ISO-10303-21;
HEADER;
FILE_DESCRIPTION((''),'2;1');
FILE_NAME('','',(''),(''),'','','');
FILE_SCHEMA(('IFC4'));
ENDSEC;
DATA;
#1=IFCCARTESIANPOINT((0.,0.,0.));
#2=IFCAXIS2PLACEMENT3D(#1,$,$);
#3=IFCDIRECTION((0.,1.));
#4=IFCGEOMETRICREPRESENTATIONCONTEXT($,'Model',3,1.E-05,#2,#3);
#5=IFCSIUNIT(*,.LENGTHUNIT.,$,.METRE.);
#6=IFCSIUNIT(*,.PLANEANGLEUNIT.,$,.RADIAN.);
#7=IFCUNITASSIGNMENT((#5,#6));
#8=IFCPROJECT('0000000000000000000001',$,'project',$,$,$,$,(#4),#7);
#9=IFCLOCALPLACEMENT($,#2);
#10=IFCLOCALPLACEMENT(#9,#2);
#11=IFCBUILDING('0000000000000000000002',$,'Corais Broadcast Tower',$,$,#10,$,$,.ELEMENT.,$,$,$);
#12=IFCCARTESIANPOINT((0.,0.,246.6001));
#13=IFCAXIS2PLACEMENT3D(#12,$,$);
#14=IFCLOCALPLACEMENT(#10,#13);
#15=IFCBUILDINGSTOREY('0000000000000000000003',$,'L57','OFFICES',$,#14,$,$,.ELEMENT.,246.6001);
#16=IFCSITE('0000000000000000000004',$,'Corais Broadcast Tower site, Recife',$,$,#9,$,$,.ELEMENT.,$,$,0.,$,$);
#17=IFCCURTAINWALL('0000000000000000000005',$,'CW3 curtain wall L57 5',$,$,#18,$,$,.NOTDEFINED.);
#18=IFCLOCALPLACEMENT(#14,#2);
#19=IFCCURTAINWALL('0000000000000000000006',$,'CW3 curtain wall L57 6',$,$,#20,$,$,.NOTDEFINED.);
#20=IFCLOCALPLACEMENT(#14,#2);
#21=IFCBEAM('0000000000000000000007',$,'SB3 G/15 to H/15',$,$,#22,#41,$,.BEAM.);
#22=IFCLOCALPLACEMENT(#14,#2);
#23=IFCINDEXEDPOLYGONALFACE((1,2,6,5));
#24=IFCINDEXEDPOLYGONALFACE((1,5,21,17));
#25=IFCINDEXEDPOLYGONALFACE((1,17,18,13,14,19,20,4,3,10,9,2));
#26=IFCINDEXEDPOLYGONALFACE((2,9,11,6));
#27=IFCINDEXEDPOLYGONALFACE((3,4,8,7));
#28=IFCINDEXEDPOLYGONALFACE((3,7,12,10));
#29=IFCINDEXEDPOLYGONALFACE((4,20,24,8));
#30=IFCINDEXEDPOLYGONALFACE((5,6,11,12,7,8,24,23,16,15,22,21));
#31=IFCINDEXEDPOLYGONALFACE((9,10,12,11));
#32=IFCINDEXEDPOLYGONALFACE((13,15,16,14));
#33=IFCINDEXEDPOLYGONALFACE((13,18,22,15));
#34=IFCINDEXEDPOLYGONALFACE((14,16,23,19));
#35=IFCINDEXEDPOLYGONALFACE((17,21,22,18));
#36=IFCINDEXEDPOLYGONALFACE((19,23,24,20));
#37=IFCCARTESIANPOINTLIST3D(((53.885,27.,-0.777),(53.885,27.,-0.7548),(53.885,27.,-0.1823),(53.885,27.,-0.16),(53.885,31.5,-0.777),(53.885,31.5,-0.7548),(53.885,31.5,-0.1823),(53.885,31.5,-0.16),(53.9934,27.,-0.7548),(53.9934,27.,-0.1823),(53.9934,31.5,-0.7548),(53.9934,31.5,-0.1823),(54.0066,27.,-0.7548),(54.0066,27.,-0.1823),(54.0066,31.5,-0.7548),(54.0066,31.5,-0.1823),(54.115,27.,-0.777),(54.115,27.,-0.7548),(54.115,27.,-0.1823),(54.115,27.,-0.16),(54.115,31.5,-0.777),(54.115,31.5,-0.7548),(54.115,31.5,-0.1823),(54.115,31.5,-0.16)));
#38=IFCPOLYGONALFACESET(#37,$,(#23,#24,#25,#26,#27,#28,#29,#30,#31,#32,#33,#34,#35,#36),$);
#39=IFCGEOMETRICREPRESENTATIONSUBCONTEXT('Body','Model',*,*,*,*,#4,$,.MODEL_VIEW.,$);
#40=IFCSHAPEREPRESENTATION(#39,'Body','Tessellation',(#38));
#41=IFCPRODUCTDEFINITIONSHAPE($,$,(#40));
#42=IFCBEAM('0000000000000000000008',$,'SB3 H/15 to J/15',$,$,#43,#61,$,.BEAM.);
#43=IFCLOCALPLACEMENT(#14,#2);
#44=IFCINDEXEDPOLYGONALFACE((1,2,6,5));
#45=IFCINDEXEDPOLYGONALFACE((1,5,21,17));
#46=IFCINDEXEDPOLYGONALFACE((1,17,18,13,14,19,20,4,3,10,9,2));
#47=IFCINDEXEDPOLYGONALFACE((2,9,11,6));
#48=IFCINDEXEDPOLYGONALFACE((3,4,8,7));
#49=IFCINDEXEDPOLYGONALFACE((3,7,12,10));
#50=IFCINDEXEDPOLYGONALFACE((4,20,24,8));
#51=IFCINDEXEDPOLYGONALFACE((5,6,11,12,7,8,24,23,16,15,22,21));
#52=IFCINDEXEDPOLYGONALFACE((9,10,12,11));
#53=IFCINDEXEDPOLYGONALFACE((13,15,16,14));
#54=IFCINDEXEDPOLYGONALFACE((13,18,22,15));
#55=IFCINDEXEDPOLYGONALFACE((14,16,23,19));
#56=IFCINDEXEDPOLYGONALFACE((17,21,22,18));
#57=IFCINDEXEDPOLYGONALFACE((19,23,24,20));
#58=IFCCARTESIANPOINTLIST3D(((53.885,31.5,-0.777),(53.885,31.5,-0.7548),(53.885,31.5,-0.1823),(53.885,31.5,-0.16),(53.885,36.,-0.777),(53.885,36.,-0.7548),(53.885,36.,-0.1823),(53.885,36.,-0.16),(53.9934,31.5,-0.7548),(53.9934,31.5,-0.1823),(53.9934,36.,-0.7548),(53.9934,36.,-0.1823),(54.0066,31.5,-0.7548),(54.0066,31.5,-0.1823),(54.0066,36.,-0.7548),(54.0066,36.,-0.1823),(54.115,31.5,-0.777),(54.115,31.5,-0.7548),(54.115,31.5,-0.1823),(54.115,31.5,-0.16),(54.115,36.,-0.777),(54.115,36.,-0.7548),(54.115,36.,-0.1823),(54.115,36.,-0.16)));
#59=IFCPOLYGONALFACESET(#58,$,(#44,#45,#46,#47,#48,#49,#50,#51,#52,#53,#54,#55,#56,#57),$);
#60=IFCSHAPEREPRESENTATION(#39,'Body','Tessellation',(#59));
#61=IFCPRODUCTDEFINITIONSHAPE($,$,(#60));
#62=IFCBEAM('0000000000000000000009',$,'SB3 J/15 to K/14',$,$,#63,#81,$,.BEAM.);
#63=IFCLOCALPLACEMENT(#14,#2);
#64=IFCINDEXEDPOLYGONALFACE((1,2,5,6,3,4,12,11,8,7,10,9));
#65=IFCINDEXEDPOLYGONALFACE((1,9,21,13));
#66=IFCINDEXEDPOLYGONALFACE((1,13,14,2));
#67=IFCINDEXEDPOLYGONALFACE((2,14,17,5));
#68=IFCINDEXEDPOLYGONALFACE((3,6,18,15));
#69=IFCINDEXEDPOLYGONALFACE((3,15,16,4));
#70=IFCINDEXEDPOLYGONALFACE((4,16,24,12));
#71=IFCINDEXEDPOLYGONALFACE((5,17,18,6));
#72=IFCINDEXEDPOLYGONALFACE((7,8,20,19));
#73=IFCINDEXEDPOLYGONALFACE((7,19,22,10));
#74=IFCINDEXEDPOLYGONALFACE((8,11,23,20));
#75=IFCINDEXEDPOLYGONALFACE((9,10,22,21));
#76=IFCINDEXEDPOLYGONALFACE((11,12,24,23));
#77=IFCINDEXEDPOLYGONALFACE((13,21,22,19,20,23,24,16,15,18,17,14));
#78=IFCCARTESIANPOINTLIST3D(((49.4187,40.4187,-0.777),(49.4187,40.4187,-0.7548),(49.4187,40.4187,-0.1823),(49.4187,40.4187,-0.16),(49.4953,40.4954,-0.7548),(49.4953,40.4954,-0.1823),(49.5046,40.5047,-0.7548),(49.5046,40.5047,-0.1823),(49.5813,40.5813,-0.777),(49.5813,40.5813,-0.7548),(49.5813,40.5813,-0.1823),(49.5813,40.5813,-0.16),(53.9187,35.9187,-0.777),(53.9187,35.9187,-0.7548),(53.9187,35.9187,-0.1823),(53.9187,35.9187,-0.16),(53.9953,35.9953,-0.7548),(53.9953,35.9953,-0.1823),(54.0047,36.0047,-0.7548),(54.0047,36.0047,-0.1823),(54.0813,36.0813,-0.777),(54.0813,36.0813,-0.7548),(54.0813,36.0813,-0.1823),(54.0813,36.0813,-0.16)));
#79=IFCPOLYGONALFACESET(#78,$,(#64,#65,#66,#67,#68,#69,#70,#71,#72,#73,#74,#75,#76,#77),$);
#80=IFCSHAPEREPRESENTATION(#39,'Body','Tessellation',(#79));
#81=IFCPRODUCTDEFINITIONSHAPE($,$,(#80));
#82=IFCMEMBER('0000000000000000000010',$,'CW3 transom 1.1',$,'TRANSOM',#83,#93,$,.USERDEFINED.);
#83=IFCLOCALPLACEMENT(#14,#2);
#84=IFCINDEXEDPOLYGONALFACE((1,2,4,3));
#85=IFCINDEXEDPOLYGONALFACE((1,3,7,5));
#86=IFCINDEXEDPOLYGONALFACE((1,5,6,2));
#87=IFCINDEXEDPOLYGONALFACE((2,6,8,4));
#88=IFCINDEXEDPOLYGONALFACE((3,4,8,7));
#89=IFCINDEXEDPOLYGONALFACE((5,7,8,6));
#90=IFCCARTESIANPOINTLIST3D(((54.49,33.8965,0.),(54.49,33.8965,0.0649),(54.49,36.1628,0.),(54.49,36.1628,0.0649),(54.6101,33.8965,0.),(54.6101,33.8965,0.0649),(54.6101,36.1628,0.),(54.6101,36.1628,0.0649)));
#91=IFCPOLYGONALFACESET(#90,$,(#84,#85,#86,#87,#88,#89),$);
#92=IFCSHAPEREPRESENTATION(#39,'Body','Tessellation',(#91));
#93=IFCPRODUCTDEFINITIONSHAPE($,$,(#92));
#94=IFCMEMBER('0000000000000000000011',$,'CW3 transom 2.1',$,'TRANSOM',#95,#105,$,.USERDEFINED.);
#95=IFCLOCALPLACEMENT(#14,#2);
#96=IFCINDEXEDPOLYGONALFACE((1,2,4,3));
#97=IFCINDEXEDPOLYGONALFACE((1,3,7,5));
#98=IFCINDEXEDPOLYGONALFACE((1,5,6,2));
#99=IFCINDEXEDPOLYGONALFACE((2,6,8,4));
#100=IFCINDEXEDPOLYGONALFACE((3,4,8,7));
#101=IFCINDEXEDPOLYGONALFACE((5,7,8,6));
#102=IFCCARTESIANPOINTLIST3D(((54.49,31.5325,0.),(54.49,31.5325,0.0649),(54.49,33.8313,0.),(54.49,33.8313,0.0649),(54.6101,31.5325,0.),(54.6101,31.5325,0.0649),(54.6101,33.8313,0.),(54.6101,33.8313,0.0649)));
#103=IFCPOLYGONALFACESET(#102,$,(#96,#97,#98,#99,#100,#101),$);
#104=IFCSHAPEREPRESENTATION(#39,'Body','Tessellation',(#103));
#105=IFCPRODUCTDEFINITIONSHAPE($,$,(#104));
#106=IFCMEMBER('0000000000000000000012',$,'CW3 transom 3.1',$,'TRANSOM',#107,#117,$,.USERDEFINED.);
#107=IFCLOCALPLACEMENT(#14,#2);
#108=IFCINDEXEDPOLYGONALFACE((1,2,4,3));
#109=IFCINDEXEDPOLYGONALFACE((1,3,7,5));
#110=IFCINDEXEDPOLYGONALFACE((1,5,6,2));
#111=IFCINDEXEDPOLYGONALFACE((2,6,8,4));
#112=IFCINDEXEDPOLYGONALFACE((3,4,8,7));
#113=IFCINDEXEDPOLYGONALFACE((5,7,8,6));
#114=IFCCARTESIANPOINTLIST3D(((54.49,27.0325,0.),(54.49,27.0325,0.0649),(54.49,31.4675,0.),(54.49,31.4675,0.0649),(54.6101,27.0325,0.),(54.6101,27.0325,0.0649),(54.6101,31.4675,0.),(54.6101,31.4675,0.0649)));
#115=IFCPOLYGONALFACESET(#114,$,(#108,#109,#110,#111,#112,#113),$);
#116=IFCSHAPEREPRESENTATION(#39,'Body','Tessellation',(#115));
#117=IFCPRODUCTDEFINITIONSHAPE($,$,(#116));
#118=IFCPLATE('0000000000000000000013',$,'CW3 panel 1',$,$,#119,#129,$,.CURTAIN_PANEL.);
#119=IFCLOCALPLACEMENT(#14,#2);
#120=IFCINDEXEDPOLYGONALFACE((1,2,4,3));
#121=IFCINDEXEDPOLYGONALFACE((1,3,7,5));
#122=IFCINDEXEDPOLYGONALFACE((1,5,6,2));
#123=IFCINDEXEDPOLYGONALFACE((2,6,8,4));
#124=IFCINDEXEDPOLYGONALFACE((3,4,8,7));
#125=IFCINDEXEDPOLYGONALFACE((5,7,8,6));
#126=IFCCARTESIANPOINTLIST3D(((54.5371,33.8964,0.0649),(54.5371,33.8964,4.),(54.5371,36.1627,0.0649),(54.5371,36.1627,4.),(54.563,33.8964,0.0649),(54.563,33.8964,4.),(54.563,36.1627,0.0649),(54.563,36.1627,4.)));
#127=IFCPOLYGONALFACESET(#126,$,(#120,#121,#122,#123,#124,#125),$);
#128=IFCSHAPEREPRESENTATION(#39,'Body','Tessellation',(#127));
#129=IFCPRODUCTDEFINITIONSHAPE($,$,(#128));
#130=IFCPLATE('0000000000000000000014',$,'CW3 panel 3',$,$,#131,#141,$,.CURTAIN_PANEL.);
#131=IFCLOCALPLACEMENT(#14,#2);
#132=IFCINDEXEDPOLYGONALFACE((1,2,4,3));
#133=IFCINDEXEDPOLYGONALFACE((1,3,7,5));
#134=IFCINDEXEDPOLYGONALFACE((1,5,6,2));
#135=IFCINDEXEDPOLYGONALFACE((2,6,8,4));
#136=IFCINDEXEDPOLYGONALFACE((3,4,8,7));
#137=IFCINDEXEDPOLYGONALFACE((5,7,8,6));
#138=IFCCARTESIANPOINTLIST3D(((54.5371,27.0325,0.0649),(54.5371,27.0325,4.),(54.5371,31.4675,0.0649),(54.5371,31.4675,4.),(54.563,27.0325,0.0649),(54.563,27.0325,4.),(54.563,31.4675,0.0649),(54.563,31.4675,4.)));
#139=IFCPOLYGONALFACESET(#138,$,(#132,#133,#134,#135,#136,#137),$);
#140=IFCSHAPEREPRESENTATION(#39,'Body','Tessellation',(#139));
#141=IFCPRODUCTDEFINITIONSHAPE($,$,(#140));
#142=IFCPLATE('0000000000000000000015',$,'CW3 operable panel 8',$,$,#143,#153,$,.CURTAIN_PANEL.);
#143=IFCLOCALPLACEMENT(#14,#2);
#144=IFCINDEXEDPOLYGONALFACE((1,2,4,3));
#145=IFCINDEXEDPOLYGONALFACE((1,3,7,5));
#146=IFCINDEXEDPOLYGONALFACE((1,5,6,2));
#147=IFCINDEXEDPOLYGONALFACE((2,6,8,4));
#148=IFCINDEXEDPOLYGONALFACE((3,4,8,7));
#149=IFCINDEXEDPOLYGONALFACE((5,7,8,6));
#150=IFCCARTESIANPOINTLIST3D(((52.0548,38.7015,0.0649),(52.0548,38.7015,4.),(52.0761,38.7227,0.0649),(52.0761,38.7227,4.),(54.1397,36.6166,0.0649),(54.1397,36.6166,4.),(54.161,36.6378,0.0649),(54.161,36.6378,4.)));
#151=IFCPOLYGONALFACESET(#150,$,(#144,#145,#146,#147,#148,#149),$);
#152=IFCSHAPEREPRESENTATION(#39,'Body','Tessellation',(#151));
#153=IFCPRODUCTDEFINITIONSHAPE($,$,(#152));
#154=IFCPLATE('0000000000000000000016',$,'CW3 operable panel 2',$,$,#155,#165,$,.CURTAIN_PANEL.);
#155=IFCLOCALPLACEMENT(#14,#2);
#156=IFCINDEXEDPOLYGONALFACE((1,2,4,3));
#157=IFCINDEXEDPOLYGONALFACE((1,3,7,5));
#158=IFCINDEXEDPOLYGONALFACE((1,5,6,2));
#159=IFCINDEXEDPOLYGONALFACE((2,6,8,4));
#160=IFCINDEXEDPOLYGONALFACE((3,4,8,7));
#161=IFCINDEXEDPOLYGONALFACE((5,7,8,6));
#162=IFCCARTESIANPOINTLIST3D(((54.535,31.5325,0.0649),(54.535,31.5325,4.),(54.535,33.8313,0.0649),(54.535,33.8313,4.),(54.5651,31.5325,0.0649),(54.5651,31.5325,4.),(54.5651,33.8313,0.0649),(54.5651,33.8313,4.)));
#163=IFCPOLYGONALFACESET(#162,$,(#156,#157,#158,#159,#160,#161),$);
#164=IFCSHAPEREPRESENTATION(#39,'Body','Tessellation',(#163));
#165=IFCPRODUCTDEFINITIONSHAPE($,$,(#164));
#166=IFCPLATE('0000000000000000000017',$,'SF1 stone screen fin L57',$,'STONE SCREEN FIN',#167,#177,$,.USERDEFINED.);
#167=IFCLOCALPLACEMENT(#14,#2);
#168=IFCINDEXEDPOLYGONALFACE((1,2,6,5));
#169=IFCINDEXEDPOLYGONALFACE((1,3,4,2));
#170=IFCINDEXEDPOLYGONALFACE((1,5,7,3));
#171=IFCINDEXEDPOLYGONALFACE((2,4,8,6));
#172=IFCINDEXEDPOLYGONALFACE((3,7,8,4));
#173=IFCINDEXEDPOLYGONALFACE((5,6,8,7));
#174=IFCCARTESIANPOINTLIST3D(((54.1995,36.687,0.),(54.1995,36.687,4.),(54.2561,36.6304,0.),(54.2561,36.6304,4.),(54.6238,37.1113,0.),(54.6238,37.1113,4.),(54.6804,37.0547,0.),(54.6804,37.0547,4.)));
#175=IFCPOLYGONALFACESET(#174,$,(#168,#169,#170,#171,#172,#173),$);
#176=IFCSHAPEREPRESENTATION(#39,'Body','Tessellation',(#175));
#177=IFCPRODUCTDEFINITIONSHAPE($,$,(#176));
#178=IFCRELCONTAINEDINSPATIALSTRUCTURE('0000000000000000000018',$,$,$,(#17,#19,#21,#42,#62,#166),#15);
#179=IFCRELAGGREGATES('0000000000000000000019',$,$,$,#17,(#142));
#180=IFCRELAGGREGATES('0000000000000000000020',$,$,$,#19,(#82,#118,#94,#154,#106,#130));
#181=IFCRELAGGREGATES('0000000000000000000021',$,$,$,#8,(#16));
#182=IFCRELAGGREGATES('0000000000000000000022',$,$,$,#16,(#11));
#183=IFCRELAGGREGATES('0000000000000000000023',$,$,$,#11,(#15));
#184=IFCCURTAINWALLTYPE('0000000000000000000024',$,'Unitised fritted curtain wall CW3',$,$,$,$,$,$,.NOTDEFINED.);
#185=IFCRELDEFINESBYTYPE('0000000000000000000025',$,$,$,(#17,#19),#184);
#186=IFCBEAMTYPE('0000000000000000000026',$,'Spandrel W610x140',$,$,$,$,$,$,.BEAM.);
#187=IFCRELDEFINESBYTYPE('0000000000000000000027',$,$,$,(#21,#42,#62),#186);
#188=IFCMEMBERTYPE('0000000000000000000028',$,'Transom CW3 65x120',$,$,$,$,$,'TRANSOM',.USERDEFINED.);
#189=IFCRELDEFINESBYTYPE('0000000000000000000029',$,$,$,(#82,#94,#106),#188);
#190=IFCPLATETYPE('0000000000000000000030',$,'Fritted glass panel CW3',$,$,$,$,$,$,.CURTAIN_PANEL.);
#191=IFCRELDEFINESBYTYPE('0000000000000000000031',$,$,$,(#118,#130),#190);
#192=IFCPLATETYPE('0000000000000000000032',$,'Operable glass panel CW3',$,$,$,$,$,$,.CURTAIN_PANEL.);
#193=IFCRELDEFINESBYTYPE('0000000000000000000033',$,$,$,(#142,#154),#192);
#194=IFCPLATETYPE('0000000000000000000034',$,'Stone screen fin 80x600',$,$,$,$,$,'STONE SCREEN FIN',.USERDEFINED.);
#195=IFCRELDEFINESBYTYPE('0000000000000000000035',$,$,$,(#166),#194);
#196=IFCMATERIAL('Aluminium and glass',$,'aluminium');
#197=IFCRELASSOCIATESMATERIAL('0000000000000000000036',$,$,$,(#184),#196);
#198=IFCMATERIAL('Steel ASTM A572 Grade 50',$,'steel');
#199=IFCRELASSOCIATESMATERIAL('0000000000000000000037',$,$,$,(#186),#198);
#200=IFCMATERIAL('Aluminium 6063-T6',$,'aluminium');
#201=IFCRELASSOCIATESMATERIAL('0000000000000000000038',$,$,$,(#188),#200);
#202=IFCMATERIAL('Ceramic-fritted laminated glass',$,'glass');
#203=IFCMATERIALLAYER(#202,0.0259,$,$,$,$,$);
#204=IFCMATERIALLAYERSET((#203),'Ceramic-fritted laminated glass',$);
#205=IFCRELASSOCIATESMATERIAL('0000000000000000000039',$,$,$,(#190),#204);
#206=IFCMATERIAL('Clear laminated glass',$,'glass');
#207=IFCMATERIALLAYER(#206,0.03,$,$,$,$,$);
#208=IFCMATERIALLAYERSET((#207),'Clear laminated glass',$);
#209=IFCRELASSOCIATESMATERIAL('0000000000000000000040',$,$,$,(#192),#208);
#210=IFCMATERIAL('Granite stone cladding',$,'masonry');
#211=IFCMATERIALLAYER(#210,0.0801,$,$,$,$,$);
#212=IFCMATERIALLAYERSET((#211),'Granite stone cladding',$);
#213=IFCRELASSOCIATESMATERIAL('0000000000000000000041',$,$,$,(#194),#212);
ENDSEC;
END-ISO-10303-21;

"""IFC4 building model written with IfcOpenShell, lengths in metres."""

from ifc_helpers import new_model, si_unit, direction, frame, origin, origin_2d, place, context, subcontext, project, spatial, rectangle, i_section, extrude, material, layer, layer_set, material_profile, profile_set, type_object, element, aggregate, save


model = new_model("IFC4")

# Units and contexts
model_context = context("Model", 3, precision=1e-05, world=origin(), true_north=direction((0.0, 1.0)))
body_context = subcontext(model_context, "Body", "Model", "MODEL_VIEW")
ifc_project = project(units=[si_unit("LENGTHUNIT", "METRE"), si_unit("PLANEANGLEUNIT", "RADIAN")], contexts=[model_context])

# Site, building, storey
site_placement = place(None, origin())
site = spatial("IfcSite", under=ifc_project, at=site_placement, Name="Corais Broadcast Tower site, Recife", CompositionType="ELEMENT", RefElevation=0.0)
building_placement = place(site_placement, origin())
building = spatial("IfcBuilding", under=site, at=building_placement, Name="Corais Broadcast Tower", CompositionType="ELEMENT")
storey_placement = place(building_placement, frame((0.0, 0.0, 246.6001)))
storey = spatial("IfcBuildingStorey", under=building, at=storey_placement, Name="L57", Description="OFFICES", CompositionType="ELEMENT", Elevation=246.6001)

# Curtain wall
ifc_material_1 = material(Name="Aluminium and glass", Category="aluminium")
curtain_wall_type = type_object("IfcCurtainWallType", Name="Unitised fritted curtain wall CW3", PredefinedType="NOTDEFINED", material=ifc_material_1)
curtain_wall_1_placement = place(storey_placement, origin())
curtain_wall_1 = element("IfcCurtainWall", 1, at=curtain_wall_1_placement, inside=storey, type_object=curtain_wall_type, Name="CW3 curtain wall L57 5", PredefinedType="NOTDEFINED")

# Curtain wall
curtain_wall_2_placement = place(storey_placement, origin())
curtain_wall_2 = element("IfcCurtainWall", 2, at=curtain_wall_2_placement, inside=storey, type_object=curtain_wall_type, Name="CW3 curtain wall L57 6", PredefinedType="NOTDEFINED")

# Beams
ifc_material_2 = material(Name="Steel ASTM A572 Grade 50", Category="steel")
ifc_material_profile_1 = material_profile(ifc_material_2, i_section(OverallWidth=0.23, OverallDepth=0.6169, WebThickness=0.0132, FlangeThickness=0.0222, at=origin_2d()), Name="W610x140")
ifc_profile_set_1 = profile_set([ifc_material_profile_1], Name="Steel ASTM A572 Grade 50")
beam_type_1 = type_object("IfcBeamType", Name="Spandrel W610x140", PredefinedType="BEAM", material=ifc_profile_set_1)
for number, where, z_axis, x_axis, name in (
    (3, (54.0, 27.0, -0.4685), (0.0, 1.0, 0.0), (-1.0, 0.0, 0.0), "SB3 G/15 to H/15"),
    (4, (54.0, 31.5, -0.4685), (0.0, 1.0, 0.0), (-1.0, 0.0, 0.0), "SB3 H/15 to J/15"),
):
    element("IfcBeam", number, at=place(storey_placement, frame(where, z_axis=z_axis, x_axis=x_axis)), inside=storey, type_object=beam_type_1, Name=name, PredefinedType="BEAM", context=body_context, shape_type="SweptSolid", body=[
        extrude(i_section(OverallWidth=0.23, OverallDepth=0.6169, WebThickness=0.0132, FlangeThickness=0.0222, at=origin_2d()), origin(), (0.0, 0.0, 1.0), 4.5),
    ])
beam_placement = place(storey_placement, frame((54.0, 36.0, -0.4685), z_axis=(-0.707107, 0.707107, 0.0), x_axis=(-0.707107, -0.707107, 0.0)))
element("IfcBeam", 5, at=beam_placement, inside=storey, type_object=beam_type_1, Name="SB3 J/15 to K/14", PredefinedType="BEAM", context=body_context, shape_type="SweptSolid", body=[
    extrude(i_section(OverallWidth=0.23, OverallDepth=0.6169, WebThickness=0.0132, FlangeThickness=0.0222, at=origin_2d()), origin(), (0.0, 0.0, 1.0), 6.364),
])

# Members
ifc_material_3 = material(Name="Aluminium 6063-T6", Category="aluminium")
ifc_material_profile_2 = material_profile(ifc_material_3, rectangle(XDim=0.1201, YDim=0.0649, at=origin_2d()), Name="Transom CW3 65x120")
ifc_profile_set_2 = profile_set([ifc_material_profile_2], Name="Aluminium 6063-T6")
member_type_1 = type_object("IfcMemberType", Name="Transom CW3 65x120", ElementType="TRANSOM", PredefinedType="USERDEFINED", material=ifc_profile_set_2)
member_1_placement = place(storey_placement, frame((54.55, 36.1628, 0.0325), z_axis=(0.0, -1.0, 0.0), x_axis=(1.0, 0.0, 0.0)))
member_1 = element("IfcMember", 6, at=member_1_placement, type_object=member_type_1, Name="CW3 transom 1.1", ObjectType="TRANSOM", PredefinedType="USERDEFINED", context=body_context, shape_type="SweptSolid", body=[
    extrude(rectangle(XDim=0.1201, YDim=0.0649, at=origin_2d()), origin(), (0.0, 0.0, 1.0), 2.2664),
])
member_2_placement = place(storey_placement, frame((54.55, 33.8313, 0.0325), z_axis=(0.0, -1.0, 0.0), x_axis=(1.0, 0.0, 0.0)))
member_2 = element("IfcMember", 7, at=member_2_placement, type_object=member_type_1, Name="CW3 transom 2.1", ObjectType="TRANSOM", PredefinedType="USERDEFINED", context=body_context, shape_type="SweptSolid", body=[
    extrude(rectangle(XDim=0.1201, YDim=0.0649, at=origin_2d()), origin(), (0.0, 0.0, 1.0), 2.2988),
])
member_3_placement = place(storey_placement, frame((54.55, 31.4675, 0.0325), z_axis=(0.0, -1.0, 0.0), x_axis=(1.0, 0.0, 0.0)))
member_3 = element("IfcMember", 8, at=member_3_placement, type_object=member_type_1, Name="CW3 transom 3.1", ObjectType="TRANSOM", PredefinedType="USERDEFINED", context=body_context, shape_type="SweptSolid", body=[
    extrude(rectangle(XDim=0.1201, YDim=0.0649, at=origin_2d()), origin(), (0.0, 0.0, 1.0), 4.4351),
])

# Plates
ifc_material_4 = material(Name="Ceramic-fritted laminated glass", Category="glass")
ifc_layer_1 = layer(ifc_material_4, 0.0259)
ifc_layer_set_1 = layer_set([ifc_layer_1], Name="Ceramic-fritted laminated glass")
plate_type_1 = type_object("IfcPlateType", Name="Fritted glass panel CW3", PredefinedType="CURTAIN_PANEL", material=ifc_layer_set_1)
plate_1_placement = place(storey_placement, frame((54.55, 35.0295, 0.0649), z_axis=(0.0, 0.0, 1.0), x_axis=(0.0, -1.0, 0.0)))
plate_1 = element("IfcPlate", 9, at=plate_1_placement, type_object=plate_type_1, Name="CW3 panel 1", PredefinedType="CURTAIN_PANEL", context=body_context, shape_type="SweptSolid", body=[
    extrude(rectangle(XDim=2.2664, YDim=0.0259, at=origin_2d()), origin(), (0.0, 0.0, 1.0), 3.9351),
])
plate_2_placement = place(storey_placement, frame((54.55, 29.25, 0.0649), z_axis=(0.0, 0.0, 1.0), x_axis=(0.0, -1.0, 0.0)))
plate_2 = element("IfcPlate", 10, at=plate_2_placement, type_object=plate_type_1, Name="CW3 panel 3", PredefinedType="CURTAIN_PANEL", context=body_context, shape_type="SweptSolid", body=[
    extrude(rectangle(XDim=4.4351, YDim=0.0259, at=origin_2d()), origin(), (0.0, 0.0, 1.0), 3.9351),
])
ifc_material_5 = material(Name="Clear laminated glass", Category="glass")
ifc_layer_2 = layer(ifc_material_5, 0.03)
ifc_layer_set_2 = layer_set([ifc_layer_2], Name="Clear laminated glass")
plate_type_2 = type_object("IfcPlateType", Name="Operable glass panel CW3", PredefinedType="CURTAIN_PANEL", material=ifc_layer_set_2)
plate_3_placement = place(storey_placement, frame((53.1079, 37.6697, 0.0649), z_axis=(0.0, 0.0, 1.0), x_axis=(0.707107, -0.707107, 0.0)))
plate_3 = element("IfcPlate", 11, at=plate_3_placement, type_object=plate_type_2, Name="CW3 operable panel 8", PredefinedType="CURTAIN_PANEL", context=body_context, shape_type="SweptSolid", body=[
    extrude(rectangle(XDim=2.9485, YDim=0.03, at=origin_2d()), origin(), (0.0, 0.0, 1.0), 3.9351),
])
aggregate(curtain_wall_1, [plate_3])
plate_4_placement = place(storey_placement, frame((54.55, 32.6819, 0.0649), z_axis=(0.0, 0.0, 1.0), x_axis=(0.0, -1.0, 0.0)))
plate_4 = element("IfcPlate", 12, at=plate_4_placement, type_object=plate_type_2, Name="CW3 operable panel 2", PredefinedType="CURTAIN_PANEL", context=body_context, shape_type="SweptSolid", body=[
    extrude(rectangle(XDim=2.2988, YDim=0.03, at=origin_2d()), origin(), (0.0, 0.0, 1.0), 3.9351),
])
aggregate(curtain_wall_2, [member_1, plate_1, member_2, plate_4, member_3, plate_2])
ifc_material_6 = material(Name="Granite stone cladding", Category="masonry")
ifc_layer_3 = layer(ifc_material_6, 0.0801)
ifc_layer_set_3 = layer_set([ifc_layer_3], Name="Granite stone cladding")
plate_type_3 = type_object("IfcPlateType", Name="Stone screen fin 80x600", ElementType="STONE SCREEN FIN", PredefinedType="USERDEFINED", material=ifc_layer_set_3)
plate_5_placement = place(storey_placement, frame((54.4399, 36.8708, 0.0), z_axis=(0.0, 0.0, 1.0), x_axis=(0.707107, -0.707107, 0.0)))
element("IfcPlate", 13, at=plate_5_placement, inside=storey, type_object=plate_type_3, Name="SF1 stone screen fin L57", ObjectType="STONE SCREEN FIN", PredefinedType="USERDEFINED", context=body_context, shape_type="SweptSolid", body=[
    extrude(rectangle(XDim=0.0801, YDim=0.6001, at=origin_2d()), origin(), (0.0, 0.0, 1.0), 4.0),
])

save(model, "model.ifc")
